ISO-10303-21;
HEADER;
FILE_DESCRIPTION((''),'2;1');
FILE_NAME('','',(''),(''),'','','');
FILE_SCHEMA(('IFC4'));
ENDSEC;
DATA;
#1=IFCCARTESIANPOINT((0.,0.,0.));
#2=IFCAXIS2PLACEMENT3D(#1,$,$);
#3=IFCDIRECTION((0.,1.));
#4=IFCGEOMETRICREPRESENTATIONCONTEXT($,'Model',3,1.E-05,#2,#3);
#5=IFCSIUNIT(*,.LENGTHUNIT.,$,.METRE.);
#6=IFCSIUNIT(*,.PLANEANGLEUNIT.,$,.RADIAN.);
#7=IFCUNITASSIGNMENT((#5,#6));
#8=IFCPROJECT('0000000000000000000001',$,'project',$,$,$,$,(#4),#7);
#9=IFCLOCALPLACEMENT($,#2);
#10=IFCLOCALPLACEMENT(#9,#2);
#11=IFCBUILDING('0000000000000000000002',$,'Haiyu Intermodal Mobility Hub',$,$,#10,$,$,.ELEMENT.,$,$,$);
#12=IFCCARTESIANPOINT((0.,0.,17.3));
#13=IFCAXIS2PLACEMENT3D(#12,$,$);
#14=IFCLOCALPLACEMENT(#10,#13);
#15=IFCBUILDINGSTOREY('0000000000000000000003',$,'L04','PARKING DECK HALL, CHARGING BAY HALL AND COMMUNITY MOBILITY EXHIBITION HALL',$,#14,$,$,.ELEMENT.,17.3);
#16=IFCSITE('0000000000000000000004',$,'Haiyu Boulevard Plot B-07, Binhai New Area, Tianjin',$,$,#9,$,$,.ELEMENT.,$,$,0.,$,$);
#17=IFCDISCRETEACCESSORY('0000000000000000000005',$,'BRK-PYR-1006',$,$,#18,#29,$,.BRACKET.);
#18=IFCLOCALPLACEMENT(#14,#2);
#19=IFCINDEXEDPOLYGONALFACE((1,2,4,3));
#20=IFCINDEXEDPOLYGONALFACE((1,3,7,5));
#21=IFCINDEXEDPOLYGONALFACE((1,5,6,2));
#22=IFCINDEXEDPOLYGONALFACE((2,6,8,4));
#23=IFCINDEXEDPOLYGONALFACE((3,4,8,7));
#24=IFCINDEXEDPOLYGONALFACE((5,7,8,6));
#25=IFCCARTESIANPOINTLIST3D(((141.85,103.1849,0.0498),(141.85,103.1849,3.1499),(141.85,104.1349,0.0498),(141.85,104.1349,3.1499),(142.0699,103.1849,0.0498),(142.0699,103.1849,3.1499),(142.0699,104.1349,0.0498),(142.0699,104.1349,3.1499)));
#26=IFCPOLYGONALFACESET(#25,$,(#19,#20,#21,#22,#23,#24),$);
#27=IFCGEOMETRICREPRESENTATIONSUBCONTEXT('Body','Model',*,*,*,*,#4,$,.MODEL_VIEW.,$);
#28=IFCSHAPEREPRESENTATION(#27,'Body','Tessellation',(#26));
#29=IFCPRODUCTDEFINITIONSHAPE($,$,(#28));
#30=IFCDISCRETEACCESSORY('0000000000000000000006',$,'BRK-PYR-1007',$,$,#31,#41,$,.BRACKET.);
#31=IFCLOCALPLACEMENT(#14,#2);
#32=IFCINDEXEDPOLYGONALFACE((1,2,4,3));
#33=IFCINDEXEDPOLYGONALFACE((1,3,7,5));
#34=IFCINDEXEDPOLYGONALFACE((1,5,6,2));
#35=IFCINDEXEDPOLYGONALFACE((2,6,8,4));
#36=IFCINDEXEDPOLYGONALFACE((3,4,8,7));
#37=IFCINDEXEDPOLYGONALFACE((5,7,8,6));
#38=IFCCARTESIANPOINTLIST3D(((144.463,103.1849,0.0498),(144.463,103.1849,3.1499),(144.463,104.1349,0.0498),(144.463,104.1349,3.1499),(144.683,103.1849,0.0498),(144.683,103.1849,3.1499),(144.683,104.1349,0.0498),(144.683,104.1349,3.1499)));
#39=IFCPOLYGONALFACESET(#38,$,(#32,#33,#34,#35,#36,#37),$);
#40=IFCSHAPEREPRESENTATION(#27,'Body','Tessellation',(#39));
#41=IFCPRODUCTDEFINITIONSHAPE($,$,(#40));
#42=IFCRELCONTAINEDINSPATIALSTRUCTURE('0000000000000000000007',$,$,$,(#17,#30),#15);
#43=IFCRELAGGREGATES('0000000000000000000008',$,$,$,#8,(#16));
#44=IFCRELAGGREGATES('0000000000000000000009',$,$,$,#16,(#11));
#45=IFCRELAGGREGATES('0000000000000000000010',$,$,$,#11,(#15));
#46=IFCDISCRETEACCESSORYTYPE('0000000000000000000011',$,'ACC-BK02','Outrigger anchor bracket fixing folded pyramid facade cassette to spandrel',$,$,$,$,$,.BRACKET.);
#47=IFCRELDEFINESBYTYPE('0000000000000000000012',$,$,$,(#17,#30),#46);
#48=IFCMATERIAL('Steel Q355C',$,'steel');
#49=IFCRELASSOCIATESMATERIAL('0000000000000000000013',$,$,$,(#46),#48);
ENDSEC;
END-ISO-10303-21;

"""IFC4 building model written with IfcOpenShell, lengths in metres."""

from ifc_helpers import new_model, si_unit, direction, frame, origin, origin_2d, place, context, subcontext, project, spatial, rectangle, extrude, material, type_object, element, save


model = new_model("IFC4")

# Units and contexts
model_context = context("Model", 3, precision=1e-05, world=origin(), true_north=direction((0.0, 1.0)))
body_context = subcontext(model_context, "Body", "Model", "MODEL_VIEW")
ifc_project = project(units=[si_unit("LENGTHUNIT", "METRE"), si_unit("PLANEANGLEUNIT", "RADIAN")], contexts=[model_context])

# Site, building, storey
site_placement = place(None, origin())
site = spatial("IfcSite", under=ifc_project, at=site_placement, Name="Haiyu Boulevard Plot B-07, Binhai New Area, Tianjin", CompositionType="ELEMENT", RefElevation=0.0)
building_placement = place(site_placement, origin())
building = spatial("IfcBuilding", under=site, at=building_placement, Name="Haiyu Intermodal Mobility Hub", CompositionType="ELEMENT")
storey_placement = place(building_placement, frame((0.0, 0.0, 17.3)))
storey = spatial("IfcBuildingStorey", under=building, at=storey_placement, Name="L04", Description="PARKING DECK HALL, CHARGING BAY HALL AND COMMUNITY MOBILITY EXHIBITION HALL", CompositionType="ELEMENT", Elevation=17.3)

# Shared definitions
ifc_material_1 = material(Name="Steel Q355C", Category="steel")

# Discrete accessories
discrete_accessory_type = type_object("IfcDiscreteAccessoryType", Name="ACC-BK02", Description="Outrigger anchor bracket fixing folded pyramid facade cassette to spandrel", PredefinedType="BRACKET", material=ifc_material_1)
for number, where, z_axis, x_axis, name in (
    (1, (141.96, 103.6599, 0.0498), (0.0, 0.0, 1.0), (1.0, 0.0, 0.0), "BRK-PYR-1006"),
    (2, (144.573, 103.6599, 0.0498), (0.0, 0.0, 1.0), (1.0, 0.0, 0.0), "BRK-PYR-1007"),
):
    element("IfcDiscreteAccessory", number, at=place(storey_placement, frame(where, z_axis=z_axis, x_axis=x_axis)), inside=storey, type_object=discrete_accessory_type, Name=name, PredefinedType="BRACKET", context=body_context, shape_type="SweptSolid", body=[
        extrude(rectangle(XDim=0.22, YDim=0.95, at=origin_2d()), origin(), (0.0, 0.0, 1.0), 3.1001),
    ])

save(model, "model.ifc")
